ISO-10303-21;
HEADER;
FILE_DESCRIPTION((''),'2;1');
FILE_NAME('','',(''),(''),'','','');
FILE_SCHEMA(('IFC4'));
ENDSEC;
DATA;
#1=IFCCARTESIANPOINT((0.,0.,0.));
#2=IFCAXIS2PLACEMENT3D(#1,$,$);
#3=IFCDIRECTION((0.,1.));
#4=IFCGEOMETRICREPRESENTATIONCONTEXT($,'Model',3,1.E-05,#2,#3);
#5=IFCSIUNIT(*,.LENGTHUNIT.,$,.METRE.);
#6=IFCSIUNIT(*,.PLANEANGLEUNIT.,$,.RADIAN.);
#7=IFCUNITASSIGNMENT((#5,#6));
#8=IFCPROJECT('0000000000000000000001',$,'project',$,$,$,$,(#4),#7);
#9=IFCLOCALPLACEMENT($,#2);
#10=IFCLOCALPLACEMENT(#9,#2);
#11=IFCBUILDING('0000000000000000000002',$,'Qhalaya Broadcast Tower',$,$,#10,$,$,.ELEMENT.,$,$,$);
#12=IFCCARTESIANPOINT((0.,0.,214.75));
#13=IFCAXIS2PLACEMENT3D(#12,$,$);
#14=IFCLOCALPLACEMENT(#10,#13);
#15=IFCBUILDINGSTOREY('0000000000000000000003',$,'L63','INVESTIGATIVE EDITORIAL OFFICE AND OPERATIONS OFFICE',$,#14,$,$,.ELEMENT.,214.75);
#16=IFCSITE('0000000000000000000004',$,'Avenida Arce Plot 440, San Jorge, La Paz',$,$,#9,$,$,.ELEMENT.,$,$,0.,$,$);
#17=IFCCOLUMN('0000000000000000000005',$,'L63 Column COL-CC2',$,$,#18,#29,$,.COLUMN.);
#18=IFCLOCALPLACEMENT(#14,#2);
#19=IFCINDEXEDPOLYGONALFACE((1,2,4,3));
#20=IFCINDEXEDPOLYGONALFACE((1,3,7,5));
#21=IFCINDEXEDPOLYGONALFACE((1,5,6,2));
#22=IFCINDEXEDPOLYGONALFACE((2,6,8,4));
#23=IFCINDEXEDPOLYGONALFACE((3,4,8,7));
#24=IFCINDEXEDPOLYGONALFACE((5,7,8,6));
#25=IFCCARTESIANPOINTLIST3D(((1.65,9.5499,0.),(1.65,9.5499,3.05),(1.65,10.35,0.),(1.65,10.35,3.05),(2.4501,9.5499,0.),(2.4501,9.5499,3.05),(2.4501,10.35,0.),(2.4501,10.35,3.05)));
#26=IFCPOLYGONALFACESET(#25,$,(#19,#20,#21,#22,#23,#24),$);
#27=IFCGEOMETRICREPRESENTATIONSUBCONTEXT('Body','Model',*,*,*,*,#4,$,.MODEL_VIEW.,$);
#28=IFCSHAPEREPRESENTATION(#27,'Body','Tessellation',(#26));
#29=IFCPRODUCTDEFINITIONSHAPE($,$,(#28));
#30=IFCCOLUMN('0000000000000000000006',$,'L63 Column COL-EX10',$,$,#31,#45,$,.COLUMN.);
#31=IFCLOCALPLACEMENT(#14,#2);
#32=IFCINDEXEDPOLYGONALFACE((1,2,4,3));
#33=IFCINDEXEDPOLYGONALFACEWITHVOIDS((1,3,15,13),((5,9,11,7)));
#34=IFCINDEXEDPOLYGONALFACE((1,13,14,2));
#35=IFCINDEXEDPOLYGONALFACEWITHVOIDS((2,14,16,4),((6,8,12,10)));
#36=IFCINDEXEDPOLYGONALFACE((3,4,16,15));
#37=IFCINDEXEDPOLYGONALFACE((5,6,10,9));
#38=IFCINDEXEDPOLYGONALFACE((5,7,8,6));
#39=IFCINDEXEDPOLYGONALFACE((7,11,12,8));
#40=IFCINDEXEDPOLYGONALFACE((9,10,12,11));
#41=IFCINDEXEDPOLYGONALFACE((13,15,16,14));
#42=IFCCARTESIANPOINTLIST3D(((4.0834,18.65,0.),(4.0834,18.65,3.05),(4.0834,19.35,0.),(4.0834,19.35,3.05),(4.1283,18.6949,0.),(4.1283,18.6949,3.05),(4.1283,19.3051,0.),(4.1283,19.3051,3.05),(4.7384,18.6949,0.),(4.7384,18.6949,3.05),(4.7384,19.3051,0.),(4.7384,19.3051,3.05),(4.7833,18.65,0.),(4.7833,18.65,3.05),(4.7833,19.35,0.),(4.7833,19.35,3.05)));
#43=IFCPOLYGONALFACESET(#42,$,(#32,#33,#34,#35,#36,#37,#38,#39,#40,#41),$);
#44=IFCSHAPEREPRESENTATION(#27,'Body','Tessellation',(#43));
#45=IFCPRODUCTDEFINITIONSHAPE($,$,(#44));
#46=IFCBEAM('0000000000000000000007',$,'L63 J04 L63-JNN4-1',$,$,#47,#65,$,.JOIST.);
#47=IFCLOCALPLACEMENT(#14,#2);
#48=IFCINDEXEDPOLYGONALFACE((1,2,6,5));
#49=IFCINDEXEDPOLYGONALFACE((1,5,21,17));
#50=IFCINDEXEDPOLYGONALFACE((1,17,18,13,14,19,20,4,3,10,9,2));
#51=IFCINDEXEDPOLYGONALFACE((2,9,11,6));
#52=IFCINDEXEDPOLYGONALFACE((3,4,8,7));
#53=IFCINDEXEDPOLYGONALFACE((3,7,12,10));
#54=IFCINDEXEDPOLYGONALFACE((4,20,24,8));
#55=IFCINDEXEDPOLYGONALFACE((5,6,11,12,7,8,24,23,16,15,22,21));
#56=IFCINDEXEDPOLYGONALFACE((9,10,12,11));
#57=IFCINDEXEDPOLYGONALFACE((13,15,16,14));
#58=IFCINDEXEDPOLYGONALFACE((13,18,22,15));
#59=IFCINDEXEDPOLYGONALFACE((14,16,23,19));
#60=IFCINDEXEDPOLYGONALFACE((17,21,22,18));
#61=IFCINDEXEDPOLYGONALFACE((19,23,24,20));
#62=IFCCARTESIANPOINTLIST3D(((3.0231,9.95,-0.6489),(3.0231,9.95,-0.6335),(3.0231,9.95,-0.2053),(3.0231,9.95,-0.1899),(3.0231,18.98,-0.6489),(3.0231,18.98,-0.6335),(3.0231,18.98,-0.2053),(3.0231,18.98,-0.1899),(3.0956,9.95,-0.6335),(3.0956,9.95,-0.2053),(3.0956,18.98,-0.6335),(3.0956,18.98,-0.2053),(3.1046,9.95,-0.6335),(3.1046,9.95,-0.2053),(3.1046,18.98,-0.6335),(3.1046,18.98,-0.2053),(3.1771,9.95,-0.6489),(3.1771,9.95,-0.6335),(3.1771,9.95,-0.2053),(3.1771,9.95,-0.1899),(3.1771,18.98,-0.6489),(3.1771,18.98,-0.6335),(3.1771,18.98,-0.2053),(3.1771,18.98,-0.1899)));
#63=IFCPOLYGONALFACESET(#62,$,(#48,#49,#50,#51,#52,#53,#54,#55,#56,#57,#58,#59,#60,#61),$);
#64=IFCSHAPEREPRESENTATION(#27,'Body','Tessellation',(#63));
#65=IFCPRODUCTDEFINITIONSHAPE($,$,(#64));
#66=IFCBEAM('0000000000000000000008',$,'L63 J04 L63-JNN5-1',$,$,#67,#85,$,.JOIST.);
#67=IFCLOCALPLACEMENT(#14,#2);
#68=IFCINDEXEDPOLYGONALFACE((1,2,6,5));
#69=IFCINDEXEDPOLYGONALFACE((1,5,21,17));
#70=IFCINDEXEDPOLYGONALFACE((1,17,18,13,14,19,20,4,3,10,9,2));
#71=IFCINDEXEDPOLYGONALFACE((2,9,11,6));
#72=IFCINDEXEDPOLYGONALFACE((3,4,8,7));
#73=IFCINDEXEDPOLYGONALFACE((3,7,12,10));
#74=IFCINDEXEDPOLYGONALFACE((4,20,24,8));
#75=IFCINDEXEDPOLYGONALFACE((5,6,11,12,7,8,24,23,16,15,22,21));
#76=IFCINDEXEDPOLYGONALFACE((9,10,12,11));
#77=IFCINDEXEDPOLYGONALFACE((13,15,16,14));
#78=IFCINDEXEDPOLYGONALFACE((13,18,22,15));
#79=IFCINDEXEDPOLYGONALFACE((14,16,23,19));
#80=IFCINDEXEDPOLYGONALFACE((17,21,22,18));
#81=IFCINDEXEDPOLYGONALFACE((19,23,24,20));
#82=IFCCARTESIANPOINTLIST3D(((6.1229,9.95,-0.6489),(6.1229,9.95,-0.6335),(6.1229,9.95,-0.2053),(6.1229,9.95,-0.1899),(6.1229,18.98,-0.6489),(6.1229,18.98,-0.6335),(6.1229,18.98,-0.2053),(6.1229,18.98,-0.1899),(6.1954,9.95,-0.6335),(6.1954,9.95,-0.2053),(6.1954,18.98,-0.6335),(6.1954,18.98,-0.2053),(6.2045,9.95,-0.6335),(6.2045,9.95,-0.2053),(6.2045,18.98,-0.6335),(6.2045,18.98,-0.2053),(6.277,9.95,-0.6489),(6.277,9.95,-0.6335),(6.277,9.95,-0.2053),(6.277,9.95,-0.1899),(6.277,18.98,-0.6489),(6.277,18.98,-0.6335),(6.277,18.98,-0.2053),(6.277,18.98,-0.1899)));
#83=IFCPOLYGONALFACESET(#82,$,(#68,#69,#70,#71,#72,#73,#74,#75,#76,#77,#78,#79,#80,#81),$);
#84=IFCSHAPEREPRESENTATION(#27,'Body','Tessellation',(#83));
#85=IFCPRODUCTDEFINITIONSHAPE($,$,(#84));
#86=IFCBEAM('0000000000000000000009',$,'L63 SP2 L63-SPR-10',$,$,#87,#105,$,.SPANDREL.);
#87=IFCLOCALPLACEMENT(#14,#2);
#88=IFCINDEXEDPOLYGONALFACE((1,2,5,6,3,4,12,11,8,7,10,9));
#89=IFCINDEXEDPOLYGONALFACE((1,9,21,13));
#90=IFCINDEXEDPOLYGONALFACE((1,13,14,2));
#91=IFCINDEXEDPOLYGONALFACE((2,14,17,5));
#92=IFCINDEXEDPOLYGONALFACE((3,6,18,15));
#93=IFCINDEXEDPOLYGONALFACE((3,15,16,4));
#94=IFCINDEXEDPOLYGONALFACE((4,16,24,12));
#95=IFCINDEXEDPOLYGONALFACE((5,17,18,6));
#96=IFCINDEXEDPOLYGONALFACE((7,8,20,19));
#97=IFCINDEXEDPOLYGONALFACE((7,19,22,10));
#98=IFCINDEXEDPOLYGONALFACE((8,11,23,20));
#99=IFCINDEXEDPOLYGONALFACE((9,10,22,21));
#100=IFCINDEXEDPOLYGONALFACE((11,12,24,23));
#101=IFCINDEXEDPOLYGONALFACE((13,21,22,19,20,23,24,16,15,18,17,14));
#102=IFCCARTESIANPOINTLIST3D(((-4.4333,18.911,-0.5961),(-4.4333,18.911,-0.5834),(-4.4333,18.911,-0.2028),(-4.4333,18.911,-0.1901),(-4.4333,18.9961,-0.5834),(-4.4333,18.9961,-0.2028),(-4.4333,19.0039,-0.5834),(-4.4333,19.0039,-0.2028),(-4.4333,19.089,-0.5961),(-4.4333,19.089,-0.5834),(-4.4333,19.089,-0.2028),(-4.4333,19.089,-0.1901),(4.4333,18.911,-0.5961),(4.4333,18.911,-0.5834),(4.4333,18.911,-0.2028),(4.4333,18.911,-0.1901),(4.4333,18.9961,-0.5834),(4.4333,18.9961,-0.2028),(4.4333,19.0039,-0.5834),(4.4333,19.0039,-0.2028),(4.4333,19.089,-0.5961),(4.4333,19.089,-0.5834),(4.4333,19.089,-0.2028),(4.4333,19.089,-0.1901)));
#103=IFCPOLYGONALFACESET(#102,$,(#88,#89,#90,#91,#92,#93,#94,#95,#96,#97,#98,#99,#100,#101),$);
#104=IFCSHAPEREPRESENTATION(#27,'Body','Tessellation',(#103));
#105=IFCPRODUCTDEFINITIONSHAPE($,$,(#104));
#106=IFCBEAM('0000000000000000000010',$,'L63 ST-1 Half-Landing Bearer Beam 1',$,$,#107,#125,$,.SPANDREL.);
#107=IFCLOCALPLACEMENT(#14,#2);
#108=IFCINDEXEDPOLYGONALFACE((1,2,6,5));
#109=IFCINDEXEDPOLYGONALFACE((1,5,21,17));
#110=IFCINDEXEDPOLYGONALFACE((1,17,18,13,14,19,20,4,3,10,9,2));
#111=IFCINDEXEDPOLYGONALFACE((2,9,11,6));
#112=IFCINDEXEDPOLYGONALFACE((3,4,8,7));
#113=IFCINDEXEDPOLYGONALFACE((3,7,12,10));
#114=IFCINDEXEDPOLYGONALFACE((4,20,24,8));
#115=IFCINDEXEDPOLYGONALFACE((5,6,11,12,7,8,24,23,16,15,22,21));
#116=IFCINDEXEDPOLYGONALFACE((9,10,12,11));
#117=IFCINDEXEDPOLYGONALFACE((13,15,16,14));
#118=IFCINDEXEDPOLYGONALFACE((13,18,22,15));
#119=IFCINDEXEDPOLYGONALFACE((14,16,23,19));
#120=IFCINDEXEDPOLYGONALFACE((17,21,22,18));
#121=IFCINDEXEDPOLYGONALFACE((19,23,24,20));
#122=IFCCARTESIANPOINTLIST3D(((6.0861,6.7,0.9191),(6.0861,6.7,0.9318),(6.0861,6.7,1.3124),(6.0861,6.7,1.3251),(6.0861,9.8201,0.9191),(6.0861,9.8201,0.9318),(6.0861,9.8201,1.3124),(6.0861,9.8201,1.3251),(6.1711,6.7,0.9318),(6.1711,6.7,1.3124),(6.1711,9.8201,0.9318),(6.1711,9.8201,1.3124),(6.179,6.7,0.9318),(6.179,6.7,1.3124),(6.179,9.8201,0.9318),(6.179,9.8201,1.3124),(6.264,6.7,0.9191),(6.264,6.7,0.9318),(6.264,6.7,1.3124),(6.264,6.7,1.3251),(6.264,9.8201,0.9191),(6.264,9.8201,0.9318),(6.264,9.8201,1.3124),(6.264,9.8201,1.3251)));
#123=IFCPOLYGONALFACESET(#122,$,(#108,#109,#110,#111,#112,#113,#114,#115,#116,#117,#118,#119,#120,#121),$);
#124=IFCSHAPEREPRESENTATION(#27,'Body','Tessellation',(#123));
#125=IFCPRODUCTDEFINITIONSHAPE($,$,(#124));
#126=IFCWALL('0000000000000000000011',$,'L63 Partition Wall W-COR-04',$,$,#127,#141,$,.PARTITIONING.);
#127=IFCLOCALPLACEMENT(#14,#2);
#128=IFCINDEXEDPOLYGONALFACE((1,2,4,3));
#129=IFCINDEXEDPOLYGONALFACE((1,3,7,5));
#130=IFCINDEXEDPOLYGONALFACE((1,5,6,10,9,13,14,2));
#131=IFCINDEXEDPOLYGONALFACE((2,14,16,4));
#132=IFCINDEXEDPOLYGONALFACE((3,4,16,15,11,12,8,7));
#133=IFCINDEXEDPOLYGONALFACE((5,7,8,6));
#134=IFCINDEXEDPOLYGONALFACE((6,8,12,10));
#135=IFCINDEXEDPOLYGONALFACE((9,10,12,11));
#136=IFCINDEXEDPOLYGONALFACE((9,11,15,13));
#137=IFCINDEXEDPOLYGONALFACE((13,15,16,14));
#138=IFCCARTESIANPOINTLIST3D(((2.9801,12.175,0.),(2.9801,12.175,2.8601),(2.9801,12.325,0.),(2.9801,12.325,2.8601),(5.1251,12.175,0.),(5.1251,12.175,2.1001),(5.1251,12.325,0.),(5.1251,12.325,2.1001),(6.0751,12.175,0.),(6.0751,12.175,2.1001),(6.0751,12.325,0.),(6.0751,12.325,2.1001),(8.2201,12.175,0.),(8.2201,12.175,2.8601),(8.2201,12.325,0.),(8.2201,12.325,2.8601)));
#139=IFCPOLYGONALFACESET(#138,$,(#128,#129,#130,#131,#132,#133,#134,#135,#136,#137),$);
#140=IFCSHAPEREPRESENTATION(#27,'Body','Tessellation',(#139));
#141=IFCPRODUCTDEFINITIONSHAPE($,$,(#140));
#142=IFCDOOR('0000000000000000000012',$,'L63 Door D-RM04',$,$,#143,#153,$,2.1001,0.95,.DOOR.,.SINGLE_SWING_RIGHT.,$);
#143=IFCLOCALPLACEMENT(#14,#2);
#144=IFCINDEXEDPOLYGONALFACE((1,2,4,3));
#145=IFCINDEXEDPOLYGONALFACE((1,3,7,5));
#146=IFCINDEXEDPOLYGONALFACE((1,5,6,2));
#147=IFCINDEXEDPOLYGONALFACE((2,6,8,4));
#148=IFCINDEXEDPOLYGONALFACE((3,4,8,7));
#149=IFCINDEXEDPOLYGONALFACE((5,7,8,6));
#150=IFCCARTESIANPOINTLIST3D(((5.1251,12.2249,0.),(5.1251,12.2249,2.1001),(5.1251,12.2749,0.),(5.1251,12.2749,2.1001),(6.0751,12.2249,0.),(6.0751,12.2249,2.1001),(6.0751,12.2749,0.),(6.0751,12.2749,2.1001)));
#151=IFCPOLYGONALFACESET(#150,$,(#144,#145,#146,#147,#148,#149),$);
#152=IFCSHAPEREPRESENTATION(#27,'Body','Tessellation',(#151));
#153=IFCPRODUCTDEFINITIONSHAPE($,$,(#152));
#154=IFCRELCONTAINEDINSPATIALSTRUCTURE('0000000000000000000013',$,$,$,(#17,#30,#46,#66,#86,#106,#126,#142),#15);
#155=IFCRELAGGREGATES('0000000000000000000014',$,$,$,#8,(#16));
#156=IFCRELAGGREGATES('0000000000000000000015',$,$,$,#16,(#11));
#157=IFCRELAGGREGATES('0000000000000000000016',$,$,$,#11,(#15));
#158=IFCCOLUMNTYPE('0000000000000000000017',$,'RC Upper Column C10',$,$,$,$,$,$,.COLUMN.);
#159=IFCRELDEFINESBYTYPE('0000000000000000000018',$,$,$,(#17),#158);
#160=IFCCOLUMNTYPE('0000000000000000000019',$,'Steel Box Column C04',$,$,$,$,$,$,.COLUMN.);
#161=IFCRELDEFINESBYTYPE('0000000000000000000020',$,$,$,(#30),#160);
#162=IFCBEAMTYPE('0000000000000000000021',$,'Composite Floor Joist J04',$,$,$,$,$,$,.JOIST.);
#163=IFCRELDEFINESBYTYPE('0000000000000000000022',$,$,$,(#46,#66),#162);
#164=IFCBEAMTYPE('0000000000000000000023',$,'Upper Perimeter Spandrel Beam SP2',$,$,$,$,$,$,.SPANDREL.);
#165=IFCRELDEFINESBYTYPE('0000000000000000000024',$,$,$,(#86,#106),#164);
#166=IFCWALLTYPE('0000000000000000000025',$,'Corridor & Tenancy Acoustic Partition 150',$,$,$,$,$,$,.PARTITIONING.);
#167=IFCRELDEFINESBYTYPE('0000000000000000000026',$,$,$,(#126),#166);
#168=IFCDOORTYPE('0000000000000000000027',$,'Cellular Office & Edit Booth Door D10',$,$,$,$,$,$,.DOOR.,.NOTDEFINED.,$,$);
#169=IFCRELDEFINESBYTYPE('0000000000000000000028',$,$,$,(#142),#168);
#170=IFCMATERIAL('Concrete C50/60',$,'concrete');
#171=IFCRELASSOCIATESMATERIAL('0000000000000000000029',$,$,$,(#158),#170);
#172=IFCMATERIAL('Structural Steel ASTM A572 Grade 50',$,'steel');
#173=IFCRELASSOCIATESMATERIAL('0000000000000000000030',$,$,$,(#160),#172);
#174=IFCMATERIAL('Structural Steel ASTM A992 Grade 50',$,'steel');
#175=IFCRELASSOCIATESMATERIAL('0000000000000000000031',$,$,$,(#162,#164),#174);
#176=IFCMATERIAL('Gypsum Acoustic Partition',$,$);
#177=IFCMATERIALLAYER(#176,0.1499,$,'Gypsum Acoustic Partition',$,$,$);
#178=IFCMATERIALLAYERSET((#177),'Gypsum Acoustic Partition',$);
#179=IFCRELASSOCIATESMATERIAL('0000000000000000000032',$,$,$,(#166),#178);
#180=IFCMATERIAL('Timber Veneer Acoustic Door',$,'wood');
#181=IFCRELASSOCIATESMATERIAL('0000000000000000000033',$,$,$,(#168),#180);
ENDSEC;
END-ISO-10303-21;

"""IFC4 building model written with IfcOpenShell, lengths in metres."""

from ifc_helpers import new_model, si_unit, direction, frame, frame_2d, origin, origin_2d, place, context, subcontext, project, spatial, rectangle, hollow_rectangle, i_section, extrude, material, layer, layer_set, material_profile, profile_set, type_object, element, fill, save


model = new_model("IFC4")

# Units and contexts
model_context = context("Model", 3, precision=1e-05, world=origin(), true_north=direction((0.0, 1.0)))
body_context = subcontext(model_context, "Body", "Model", "MODEL_VIEW")
ifc_project = project(units=[si_unit("LENGTHUNIT", "METRE"), si_unit("PLANEANGLEUNIT", "RADIAN")], contexts=[model_context])

# Site, building, storey
site_placement = place(None, origin())
site = spatial("IfcSite", under=ifc_project, at=site_placement, Name="Avenida Arce Plot 440, San Jorge, La Paz", CompositionType="ELEMENT", RefElevation=0.0)
building_placement = place(site_placement, origin())
building = spatial("IfcBuilding", under=site, at=building_placement, Name="Qhalaya Broadcast Tower", CompositionType="ELEMENT")
storey_placement = place(building_placement, frame((0.0, 0.0, 214.75)))
storey = spatial("IfcBuildingStorey", under=building, at=storey_placement, Name="L63", Description="INVESTIGATIVE EDITORIAL OFFICE AND OPERATIONS OFFICE", CompositionType="ELEMENT", Elevation=214.75)

# Columns
ifc_material_1 = material(Name="Concrete C50/60", Category="concrete")
ifc_material_profile_1 = material_profile(ifc_material_1, rectangle(XDim=0.8, YDim=0.8, at=origin_2d()), Name="RC-COL 800x800")
ifc_profile_set_1 = profile_set([ifc_material_profile_1], Name="Concrete C50/60")
column_type_1 = type_object("IfcColumnType", Name="RC Upper Column C10", PredefinedType="COLUMN", material=ifc_profile_set_1)
column_1_placement = place(storey_placement, frame((2.05, 9.95, 0.0), z_axis=(0.0, 0.0, 1.0), x_axis=(1.0, 0.0, 0.0)))
element("IfcColumn", 1, at=column_1_placement, inside=storey, type_object=column_type_1, Name="L63 Column COL-CC2", PredefinedType="COLUMN", context=body_context, shape_type="SweptSolid", body=[
    extrude(rectangle(XDim=0.8, YDim=0.8, at=origin_2d()), origin(), (0.0, 0.0, 1.0), 3.05),
])
ifc_material_2 = material(Name="Structural Steel ASTM A572 Grade 50", Category="steel")
ifc_material_profile_2 = material_profile(ifc_material_2, hollow_rectangle(XDim=0.7, YDim=0.7, WallThickness=0.0449, at=origin_2d()), Name="BOX 700x700x45")
ifc_profile_set_2 = profile_set([ifc_material_profile_2], Name="Structural Steel ASTM A572 Grade 50")
column_type_2 = type_object("IfcColumnType", Name="Steel Box Column C04", PredefinedType="COLUMN", material=ifc_profile_set_2)
column_2_placement = place(storey_placement, frame((4.4333, 19.0, 0.0), z_axis=(0.0, 0.0, 1.0), x_axis=(1.0, 0.0, 0.0)))
element("IfcColumn", 2, at=column_2_placement, inside=storey, type_object=column_type_2, Name="L63 Column COL-EX10", PredefinedType="COLUMN", context=body_context, shape_type="SweptSolid", body=[
    extrude(hollow_rectangle(XDim=0.7, YDim=0.7, WallThickness=0.0449, at=origin_2d()), origin(), (0.0, 0.0, 1.0), 3.05),
])

# Beams
ifc_material_3 = material(Name="Structural Steel ASTM A992 Grade 50", Category="steel")
ifc_material_profile_3 = material_profile(ifc_material_3, i_section(OverallWidth=0.1541, OverallDepth=0.459, WebThickness=0.009, FlangeThickness=0.0154, at=origin_2d()), Name="W18X46")
ifc_profile_set_3 = profile_set([ifc_material_profile_3], Name="Structural Steel ASTM A992 Grade 50")
beam_type_1 = type_object("IfcBeamType", Name="Composite Floor Joist J04", PredefinedType="JOIST", material=ifc_profile_set_3)
for number, where, z_axis, x_axis, name in (
    (3, (3.1001, 9.95, -0.4194), (0.0, 1.0, 0.0), (-1.0, 0.0, 0.0), "L63 J04 L63-JNN4-1"),
    (4, (6.2, 9.95, -0.4194), (0.0, 1.0, 0.0), (-1.0, 0.0, 0.0), "L63 J04 L63-JNN5-1"),
):
    element("IfcBeam", number, at=place(storey_placement, frame(where, z_axis=z_axis, x_axis=x_axis)), inside=storey, type_object=beam_type_1, Name=name, PredefinedType="JOIST", context=body_context, shape_type="SweptSolid", body=[
        extrude(i_section(OverallWidth=0.1541, OverallDepth=0.459, WebThickness=0.009, FlangeThickness=0.0154, at=origin_2d()), origin(), (0.0, 0.0, 1.0), 9.03),
    ])
ifc_material_profile_4 = material_profile(ifc_material_3, i_section(OverallWidth=0.178, OverallDepth=0.406, WebThickness=0.0078, FlangeThickness=0.0127, at=origin_2d()), Name="W16X40")
ifc_profile_set_4 = profile_set([ifc_material_profile_4], Name="Structural Steel ASTM A992 Grade 50")
beam_type_2 = type_object("IfcBeamType", Name="Upper Perimeter Spandrel Beam SP2", PredefinedType="SPANDREL", material=ifc_profile_set_4)
beam_1_placement = place(storey_placement, frame((4.4333, 19.0, -0.3931), z_axis=(-1.0, 0.0, 0.0), x_axis=(0.0, -1.0, 0.0)))
element("IfcBeam", 5, at=beam_1_placement, inside=storey, type_object=beam_type_2, Name="L63 SP2 L63-SPR-10", PredefinedType="SPANDREL", context=body_context, shape_type="SweptSolid", body=[
    extrude(i_section(OverallWidth=0.178, OverallDepth=0.406, WebThickness=0.0078, FlangeThickness=0.0127, at=origin_2d()), origin(), (0.0, 0.0, 1.0), 8.8667),
])
beam_2_placement = place(storey_placement, frame((6.175, 6.7, 1.1221), z_axis=(0.0, 1.0, 0.0), x_axis=(-1.0, 0.0, 0.0)))
element("IfcBeam", 6, at=beam_2_placement, inside=storey, type_object=beam_type_2, Name="L63 ST-1 Half-Landing Bearer Beam 1", PredefinedType="SPANDREL", context=body_context, shape_type="SweptSolid", body=[
    extrude(i_section(OverallWidth=0.178, OverallDepth=0.406, WebThickness=0.0078, FlangeThickness=0.0127, at=origin_2d()), origin(), (0.0, 0.0, 1.0), 3.1201),
])

# Wall, opening, door
ifc_material_4 = material(Name="Gypsum Acoustic Partition")
ifc_layer_1 = layer(ifc_material_4, 0.1499, Name="Gypsum Acoustic Partition")
ifc_layer_set_1 = layer_set([ifc_layer_1], Name="Gypsum Acoustic Partition")
wall_type_1 = type_object("IfcWallType", Name="Corridor & Tenancy Acoustic Partition 150", PredefinedType="PARTITIONING", material=ifc_layer_set_1)
wall_1_placement = place(storey_placement, frame((2.98, 12.25, 0.0), z_axis=(0.0, 0.0, 1.0), x_axis=(1.0, 0.0, 0.0)))
wall_1 = element("IfcWall", 7, at=wall_1_placement, inside=storey, type_object=wall_type_1, Name="L63 Partition Wall W-COR-04", PredefinedType="PARTITIONING", context=body_context, shape_type="SweptSolid", body=[
    extrude(rectangle(XDim=5.24, YDim=0.1499, at=frame_2d((2.6201, 0.0))), origin(), (0.0, 0.0, 1.0), 2.8601),
])
opening_1_placement = place(wall_1_placement, frame((2.145, 0.0, 0.0)))
opening_1 = element("IfcOpeningElement", 8, at=opening_1_placement, cuts=wall_1, PredefinedType="OPENING", context=body_context, shape_type="SweptSolid", body=[
    extrude(rectangle(XDim=0.95, YDim=2.1001, at=frame_2d((0.4751, 1.05))), frame((0.0, 0.0869, 0.0), z_axis=(0.0, -1.0, 0.0), x_axis=(1.0, 0.0, 0.0)), (0.0, 0.0, 1.0), 0.1738),
])
ifc_material_5 = material(Name="Timber Veneer Acoustic Door", Category="wood")
door_type_1 = type_object("IfcDoorType", Name="Cellular Office & Edit Booth Door D10", OperationType="NOTDEFINED", PredefinedType="DOOR", material=ifc_material_5)
door_1_placement = place(opening_1_placement, origin())
door_1 = element("IfcDoor", 9, at=door_1_placement, inside=storey, type_object=door_type_1, Name="L63 Door D-RM04", OperationType="SINGLE_SWING_RIGHT", OverallHeight=2.1001, OverallWidth=0.95, PredefinedType="DOOR", context=body_context, shape_type="SweptSolid", body=[
    extrude(rectangle(XDim=0.95, YDim=2.1001, at=frame_2d((0.4751, 1.05))), frame((0.0, 0.0249, 0.0), z_axis=(0.0, -1.0, 0.0), x_axis=(1.0, 0.0, 0.0)), (0.0, 0.0, 1.0), 0.05),
])
fill(opening_1, door_1)

save(model, "model.ifc")
